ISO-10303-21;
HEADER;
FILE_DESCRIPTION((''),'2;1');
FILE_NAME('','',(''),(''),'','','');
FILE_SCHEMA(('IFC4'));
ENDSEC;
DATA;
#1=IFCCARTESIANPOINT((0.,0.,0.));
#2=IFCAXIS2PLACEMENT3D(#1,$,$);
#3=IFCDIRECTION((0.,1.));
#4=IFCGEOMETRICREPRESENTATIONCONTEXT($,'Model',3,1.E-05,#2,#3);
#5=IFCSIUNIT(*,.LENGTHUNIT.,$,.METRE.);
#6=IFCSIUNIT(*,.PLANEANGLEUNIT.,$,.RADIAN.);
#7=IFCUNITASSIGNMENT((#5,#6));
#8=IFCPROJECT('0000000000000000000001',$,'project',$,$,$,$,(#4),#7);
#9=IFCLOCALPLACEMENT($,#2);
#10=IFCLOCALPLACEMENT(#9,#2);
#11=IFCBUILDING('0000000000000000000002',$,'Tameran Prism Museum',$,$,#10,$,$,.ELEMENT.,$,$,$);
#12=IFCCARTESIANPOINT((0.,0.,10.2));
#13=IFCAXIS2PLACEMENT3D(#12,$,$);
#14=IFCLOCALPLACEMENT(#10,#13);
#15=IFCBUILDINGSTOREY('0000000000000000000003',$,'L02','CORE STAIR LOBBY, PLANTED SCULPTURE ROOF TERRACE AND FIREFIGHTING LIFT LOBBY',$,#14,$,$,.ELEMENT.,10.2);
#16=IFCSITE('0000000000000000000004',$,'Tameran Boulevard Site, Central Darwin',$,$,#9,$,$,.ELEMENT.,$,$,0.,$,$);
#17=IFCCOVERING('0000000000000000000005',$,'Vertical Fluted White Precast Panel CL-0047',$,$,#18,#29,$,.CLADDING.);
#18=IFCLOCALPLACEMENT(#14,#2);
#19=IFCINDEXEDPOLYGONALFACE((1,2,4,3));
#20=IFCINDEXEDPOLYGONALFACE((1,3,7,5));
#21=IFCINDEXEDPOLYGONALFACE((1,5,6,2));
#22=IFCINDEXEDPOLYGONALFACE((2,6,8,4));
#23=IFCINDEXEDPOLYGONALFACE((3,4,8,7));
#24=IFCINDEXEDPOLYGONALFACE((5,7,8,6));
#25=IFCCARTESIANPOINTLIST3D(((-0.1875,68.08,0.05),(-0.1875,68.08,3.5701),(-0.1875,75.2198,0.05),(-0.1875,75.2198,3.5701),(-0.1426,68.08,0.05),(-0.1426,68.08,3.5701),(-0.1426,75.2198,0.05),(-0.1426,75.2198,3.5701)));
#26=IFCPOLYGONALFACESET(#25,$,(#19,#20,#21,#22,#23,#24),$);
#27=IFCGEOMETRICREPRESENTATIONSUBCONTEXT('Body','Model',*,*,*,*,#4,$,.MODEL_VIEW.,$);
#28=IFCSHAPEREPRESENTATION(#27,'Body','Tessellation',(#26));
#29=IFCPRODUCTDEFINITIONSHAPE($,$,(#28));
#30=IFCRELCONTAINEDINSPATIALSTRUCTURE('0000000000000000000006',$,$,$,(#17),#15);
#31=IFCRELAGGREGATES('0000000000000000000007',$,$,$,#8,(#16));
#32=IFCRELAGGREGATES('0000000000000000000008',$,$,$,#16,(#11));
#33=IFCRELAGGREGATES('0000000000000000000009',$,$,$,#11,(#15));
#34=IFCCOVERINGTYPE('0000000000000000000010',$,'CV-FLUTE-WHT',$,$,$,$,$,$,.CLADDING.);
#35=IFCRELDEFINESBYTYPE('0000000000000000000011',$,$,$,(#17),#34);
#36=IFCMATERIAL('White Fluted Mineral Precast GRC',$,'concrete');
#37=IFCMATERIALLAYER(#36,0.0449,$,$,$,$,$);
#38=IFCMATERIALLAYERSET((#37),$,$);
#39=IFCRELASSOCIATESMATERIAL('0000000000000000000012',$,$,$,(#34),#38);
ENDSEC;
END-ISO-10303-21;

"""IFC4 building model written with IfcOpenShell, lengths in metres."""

from ifc_helpers import new_model, si_unit, direction, frame, frame_2d, origin, place, context, subcontext, project, spatial, rectangle, extrude, material, layer, layer_set, type_object, element, save


model = new_model("IFC4")

# Units and contexts
model_context = context("Model", 3, precision=1e-05, world=origin(), true_north=direction((0.0, 1.0)))
body_context = subcontext(model_context, "Body", "Model", "MODEL_VIEW")
ifc_project = project(units=[si_unit("LENGTHUNIT", "METRE"), si_unit("PLANEANGLEUNIT", "RADIAN")], contexts=[model_context])

# Site, building, storey
site_placement = place(None, origin())
site = spatial("IfcSite", under=ifc_project, at=site_placement, Name="Tameran Boulevard Site, Central Darwin", CompositionType="ELEMENT", RefElevation=0.0)
building_placement = place(site_placement, origin())
building = spatial("IfcBuilding", under=site, at=building_placement, Name="Tameran Prism Museum", CompositionType="ELEMENT")
storey_placement = place(building_placement, frame((0.0, 0.0, 10.2)))
storey = spatial("IfcBuildingStorey", under=building, at=storey_placement, Name="L02", Description="CORE STAIR LOBBY, PLANTED SCULPTURE ROOF TERRACE AND FIREFIGHTING LIFT LOBBY", CompositionType="ELEMENT", Elevation=10.2)

# Covering
ifc_material_1 = material(Name="White Fluted Mineral Precast GRC", Category="concrete")
ifc_layer_1 = layer(ifc_material_1, 0.0449)
ifc_layer_set_1 = layer_set([ifc_layer_1])
covering_type = type_object("IfcCoveringType", Name="CV-FLUTE-WHT", PredefinedType="CLADDING", material=ifc_layer_set_1)
covering_placement = place(storey_placement, frame((-0.165, 68.0801, 0.05), z_axis=(0.0, 0.0, 1.0), x_axis=(0.0, 1.0, 0.0)))
element("IfcCovering", 1, at=covering_placement, inside=storey, type_object=covering_type, Name="Vertical Fluted White Precast Panel CL-0047", PredefinedType="CLADDING", context=body_context, shape_type="SweptSolid", body=[
    extrude(rectangle(XDim=7.1399, YDim=0.0449, at=frame_2d((3.5698, 0.0))), origin(), (0.0, 0.0, 1.0), 3.52),
])

save(model, "model.ifc")
